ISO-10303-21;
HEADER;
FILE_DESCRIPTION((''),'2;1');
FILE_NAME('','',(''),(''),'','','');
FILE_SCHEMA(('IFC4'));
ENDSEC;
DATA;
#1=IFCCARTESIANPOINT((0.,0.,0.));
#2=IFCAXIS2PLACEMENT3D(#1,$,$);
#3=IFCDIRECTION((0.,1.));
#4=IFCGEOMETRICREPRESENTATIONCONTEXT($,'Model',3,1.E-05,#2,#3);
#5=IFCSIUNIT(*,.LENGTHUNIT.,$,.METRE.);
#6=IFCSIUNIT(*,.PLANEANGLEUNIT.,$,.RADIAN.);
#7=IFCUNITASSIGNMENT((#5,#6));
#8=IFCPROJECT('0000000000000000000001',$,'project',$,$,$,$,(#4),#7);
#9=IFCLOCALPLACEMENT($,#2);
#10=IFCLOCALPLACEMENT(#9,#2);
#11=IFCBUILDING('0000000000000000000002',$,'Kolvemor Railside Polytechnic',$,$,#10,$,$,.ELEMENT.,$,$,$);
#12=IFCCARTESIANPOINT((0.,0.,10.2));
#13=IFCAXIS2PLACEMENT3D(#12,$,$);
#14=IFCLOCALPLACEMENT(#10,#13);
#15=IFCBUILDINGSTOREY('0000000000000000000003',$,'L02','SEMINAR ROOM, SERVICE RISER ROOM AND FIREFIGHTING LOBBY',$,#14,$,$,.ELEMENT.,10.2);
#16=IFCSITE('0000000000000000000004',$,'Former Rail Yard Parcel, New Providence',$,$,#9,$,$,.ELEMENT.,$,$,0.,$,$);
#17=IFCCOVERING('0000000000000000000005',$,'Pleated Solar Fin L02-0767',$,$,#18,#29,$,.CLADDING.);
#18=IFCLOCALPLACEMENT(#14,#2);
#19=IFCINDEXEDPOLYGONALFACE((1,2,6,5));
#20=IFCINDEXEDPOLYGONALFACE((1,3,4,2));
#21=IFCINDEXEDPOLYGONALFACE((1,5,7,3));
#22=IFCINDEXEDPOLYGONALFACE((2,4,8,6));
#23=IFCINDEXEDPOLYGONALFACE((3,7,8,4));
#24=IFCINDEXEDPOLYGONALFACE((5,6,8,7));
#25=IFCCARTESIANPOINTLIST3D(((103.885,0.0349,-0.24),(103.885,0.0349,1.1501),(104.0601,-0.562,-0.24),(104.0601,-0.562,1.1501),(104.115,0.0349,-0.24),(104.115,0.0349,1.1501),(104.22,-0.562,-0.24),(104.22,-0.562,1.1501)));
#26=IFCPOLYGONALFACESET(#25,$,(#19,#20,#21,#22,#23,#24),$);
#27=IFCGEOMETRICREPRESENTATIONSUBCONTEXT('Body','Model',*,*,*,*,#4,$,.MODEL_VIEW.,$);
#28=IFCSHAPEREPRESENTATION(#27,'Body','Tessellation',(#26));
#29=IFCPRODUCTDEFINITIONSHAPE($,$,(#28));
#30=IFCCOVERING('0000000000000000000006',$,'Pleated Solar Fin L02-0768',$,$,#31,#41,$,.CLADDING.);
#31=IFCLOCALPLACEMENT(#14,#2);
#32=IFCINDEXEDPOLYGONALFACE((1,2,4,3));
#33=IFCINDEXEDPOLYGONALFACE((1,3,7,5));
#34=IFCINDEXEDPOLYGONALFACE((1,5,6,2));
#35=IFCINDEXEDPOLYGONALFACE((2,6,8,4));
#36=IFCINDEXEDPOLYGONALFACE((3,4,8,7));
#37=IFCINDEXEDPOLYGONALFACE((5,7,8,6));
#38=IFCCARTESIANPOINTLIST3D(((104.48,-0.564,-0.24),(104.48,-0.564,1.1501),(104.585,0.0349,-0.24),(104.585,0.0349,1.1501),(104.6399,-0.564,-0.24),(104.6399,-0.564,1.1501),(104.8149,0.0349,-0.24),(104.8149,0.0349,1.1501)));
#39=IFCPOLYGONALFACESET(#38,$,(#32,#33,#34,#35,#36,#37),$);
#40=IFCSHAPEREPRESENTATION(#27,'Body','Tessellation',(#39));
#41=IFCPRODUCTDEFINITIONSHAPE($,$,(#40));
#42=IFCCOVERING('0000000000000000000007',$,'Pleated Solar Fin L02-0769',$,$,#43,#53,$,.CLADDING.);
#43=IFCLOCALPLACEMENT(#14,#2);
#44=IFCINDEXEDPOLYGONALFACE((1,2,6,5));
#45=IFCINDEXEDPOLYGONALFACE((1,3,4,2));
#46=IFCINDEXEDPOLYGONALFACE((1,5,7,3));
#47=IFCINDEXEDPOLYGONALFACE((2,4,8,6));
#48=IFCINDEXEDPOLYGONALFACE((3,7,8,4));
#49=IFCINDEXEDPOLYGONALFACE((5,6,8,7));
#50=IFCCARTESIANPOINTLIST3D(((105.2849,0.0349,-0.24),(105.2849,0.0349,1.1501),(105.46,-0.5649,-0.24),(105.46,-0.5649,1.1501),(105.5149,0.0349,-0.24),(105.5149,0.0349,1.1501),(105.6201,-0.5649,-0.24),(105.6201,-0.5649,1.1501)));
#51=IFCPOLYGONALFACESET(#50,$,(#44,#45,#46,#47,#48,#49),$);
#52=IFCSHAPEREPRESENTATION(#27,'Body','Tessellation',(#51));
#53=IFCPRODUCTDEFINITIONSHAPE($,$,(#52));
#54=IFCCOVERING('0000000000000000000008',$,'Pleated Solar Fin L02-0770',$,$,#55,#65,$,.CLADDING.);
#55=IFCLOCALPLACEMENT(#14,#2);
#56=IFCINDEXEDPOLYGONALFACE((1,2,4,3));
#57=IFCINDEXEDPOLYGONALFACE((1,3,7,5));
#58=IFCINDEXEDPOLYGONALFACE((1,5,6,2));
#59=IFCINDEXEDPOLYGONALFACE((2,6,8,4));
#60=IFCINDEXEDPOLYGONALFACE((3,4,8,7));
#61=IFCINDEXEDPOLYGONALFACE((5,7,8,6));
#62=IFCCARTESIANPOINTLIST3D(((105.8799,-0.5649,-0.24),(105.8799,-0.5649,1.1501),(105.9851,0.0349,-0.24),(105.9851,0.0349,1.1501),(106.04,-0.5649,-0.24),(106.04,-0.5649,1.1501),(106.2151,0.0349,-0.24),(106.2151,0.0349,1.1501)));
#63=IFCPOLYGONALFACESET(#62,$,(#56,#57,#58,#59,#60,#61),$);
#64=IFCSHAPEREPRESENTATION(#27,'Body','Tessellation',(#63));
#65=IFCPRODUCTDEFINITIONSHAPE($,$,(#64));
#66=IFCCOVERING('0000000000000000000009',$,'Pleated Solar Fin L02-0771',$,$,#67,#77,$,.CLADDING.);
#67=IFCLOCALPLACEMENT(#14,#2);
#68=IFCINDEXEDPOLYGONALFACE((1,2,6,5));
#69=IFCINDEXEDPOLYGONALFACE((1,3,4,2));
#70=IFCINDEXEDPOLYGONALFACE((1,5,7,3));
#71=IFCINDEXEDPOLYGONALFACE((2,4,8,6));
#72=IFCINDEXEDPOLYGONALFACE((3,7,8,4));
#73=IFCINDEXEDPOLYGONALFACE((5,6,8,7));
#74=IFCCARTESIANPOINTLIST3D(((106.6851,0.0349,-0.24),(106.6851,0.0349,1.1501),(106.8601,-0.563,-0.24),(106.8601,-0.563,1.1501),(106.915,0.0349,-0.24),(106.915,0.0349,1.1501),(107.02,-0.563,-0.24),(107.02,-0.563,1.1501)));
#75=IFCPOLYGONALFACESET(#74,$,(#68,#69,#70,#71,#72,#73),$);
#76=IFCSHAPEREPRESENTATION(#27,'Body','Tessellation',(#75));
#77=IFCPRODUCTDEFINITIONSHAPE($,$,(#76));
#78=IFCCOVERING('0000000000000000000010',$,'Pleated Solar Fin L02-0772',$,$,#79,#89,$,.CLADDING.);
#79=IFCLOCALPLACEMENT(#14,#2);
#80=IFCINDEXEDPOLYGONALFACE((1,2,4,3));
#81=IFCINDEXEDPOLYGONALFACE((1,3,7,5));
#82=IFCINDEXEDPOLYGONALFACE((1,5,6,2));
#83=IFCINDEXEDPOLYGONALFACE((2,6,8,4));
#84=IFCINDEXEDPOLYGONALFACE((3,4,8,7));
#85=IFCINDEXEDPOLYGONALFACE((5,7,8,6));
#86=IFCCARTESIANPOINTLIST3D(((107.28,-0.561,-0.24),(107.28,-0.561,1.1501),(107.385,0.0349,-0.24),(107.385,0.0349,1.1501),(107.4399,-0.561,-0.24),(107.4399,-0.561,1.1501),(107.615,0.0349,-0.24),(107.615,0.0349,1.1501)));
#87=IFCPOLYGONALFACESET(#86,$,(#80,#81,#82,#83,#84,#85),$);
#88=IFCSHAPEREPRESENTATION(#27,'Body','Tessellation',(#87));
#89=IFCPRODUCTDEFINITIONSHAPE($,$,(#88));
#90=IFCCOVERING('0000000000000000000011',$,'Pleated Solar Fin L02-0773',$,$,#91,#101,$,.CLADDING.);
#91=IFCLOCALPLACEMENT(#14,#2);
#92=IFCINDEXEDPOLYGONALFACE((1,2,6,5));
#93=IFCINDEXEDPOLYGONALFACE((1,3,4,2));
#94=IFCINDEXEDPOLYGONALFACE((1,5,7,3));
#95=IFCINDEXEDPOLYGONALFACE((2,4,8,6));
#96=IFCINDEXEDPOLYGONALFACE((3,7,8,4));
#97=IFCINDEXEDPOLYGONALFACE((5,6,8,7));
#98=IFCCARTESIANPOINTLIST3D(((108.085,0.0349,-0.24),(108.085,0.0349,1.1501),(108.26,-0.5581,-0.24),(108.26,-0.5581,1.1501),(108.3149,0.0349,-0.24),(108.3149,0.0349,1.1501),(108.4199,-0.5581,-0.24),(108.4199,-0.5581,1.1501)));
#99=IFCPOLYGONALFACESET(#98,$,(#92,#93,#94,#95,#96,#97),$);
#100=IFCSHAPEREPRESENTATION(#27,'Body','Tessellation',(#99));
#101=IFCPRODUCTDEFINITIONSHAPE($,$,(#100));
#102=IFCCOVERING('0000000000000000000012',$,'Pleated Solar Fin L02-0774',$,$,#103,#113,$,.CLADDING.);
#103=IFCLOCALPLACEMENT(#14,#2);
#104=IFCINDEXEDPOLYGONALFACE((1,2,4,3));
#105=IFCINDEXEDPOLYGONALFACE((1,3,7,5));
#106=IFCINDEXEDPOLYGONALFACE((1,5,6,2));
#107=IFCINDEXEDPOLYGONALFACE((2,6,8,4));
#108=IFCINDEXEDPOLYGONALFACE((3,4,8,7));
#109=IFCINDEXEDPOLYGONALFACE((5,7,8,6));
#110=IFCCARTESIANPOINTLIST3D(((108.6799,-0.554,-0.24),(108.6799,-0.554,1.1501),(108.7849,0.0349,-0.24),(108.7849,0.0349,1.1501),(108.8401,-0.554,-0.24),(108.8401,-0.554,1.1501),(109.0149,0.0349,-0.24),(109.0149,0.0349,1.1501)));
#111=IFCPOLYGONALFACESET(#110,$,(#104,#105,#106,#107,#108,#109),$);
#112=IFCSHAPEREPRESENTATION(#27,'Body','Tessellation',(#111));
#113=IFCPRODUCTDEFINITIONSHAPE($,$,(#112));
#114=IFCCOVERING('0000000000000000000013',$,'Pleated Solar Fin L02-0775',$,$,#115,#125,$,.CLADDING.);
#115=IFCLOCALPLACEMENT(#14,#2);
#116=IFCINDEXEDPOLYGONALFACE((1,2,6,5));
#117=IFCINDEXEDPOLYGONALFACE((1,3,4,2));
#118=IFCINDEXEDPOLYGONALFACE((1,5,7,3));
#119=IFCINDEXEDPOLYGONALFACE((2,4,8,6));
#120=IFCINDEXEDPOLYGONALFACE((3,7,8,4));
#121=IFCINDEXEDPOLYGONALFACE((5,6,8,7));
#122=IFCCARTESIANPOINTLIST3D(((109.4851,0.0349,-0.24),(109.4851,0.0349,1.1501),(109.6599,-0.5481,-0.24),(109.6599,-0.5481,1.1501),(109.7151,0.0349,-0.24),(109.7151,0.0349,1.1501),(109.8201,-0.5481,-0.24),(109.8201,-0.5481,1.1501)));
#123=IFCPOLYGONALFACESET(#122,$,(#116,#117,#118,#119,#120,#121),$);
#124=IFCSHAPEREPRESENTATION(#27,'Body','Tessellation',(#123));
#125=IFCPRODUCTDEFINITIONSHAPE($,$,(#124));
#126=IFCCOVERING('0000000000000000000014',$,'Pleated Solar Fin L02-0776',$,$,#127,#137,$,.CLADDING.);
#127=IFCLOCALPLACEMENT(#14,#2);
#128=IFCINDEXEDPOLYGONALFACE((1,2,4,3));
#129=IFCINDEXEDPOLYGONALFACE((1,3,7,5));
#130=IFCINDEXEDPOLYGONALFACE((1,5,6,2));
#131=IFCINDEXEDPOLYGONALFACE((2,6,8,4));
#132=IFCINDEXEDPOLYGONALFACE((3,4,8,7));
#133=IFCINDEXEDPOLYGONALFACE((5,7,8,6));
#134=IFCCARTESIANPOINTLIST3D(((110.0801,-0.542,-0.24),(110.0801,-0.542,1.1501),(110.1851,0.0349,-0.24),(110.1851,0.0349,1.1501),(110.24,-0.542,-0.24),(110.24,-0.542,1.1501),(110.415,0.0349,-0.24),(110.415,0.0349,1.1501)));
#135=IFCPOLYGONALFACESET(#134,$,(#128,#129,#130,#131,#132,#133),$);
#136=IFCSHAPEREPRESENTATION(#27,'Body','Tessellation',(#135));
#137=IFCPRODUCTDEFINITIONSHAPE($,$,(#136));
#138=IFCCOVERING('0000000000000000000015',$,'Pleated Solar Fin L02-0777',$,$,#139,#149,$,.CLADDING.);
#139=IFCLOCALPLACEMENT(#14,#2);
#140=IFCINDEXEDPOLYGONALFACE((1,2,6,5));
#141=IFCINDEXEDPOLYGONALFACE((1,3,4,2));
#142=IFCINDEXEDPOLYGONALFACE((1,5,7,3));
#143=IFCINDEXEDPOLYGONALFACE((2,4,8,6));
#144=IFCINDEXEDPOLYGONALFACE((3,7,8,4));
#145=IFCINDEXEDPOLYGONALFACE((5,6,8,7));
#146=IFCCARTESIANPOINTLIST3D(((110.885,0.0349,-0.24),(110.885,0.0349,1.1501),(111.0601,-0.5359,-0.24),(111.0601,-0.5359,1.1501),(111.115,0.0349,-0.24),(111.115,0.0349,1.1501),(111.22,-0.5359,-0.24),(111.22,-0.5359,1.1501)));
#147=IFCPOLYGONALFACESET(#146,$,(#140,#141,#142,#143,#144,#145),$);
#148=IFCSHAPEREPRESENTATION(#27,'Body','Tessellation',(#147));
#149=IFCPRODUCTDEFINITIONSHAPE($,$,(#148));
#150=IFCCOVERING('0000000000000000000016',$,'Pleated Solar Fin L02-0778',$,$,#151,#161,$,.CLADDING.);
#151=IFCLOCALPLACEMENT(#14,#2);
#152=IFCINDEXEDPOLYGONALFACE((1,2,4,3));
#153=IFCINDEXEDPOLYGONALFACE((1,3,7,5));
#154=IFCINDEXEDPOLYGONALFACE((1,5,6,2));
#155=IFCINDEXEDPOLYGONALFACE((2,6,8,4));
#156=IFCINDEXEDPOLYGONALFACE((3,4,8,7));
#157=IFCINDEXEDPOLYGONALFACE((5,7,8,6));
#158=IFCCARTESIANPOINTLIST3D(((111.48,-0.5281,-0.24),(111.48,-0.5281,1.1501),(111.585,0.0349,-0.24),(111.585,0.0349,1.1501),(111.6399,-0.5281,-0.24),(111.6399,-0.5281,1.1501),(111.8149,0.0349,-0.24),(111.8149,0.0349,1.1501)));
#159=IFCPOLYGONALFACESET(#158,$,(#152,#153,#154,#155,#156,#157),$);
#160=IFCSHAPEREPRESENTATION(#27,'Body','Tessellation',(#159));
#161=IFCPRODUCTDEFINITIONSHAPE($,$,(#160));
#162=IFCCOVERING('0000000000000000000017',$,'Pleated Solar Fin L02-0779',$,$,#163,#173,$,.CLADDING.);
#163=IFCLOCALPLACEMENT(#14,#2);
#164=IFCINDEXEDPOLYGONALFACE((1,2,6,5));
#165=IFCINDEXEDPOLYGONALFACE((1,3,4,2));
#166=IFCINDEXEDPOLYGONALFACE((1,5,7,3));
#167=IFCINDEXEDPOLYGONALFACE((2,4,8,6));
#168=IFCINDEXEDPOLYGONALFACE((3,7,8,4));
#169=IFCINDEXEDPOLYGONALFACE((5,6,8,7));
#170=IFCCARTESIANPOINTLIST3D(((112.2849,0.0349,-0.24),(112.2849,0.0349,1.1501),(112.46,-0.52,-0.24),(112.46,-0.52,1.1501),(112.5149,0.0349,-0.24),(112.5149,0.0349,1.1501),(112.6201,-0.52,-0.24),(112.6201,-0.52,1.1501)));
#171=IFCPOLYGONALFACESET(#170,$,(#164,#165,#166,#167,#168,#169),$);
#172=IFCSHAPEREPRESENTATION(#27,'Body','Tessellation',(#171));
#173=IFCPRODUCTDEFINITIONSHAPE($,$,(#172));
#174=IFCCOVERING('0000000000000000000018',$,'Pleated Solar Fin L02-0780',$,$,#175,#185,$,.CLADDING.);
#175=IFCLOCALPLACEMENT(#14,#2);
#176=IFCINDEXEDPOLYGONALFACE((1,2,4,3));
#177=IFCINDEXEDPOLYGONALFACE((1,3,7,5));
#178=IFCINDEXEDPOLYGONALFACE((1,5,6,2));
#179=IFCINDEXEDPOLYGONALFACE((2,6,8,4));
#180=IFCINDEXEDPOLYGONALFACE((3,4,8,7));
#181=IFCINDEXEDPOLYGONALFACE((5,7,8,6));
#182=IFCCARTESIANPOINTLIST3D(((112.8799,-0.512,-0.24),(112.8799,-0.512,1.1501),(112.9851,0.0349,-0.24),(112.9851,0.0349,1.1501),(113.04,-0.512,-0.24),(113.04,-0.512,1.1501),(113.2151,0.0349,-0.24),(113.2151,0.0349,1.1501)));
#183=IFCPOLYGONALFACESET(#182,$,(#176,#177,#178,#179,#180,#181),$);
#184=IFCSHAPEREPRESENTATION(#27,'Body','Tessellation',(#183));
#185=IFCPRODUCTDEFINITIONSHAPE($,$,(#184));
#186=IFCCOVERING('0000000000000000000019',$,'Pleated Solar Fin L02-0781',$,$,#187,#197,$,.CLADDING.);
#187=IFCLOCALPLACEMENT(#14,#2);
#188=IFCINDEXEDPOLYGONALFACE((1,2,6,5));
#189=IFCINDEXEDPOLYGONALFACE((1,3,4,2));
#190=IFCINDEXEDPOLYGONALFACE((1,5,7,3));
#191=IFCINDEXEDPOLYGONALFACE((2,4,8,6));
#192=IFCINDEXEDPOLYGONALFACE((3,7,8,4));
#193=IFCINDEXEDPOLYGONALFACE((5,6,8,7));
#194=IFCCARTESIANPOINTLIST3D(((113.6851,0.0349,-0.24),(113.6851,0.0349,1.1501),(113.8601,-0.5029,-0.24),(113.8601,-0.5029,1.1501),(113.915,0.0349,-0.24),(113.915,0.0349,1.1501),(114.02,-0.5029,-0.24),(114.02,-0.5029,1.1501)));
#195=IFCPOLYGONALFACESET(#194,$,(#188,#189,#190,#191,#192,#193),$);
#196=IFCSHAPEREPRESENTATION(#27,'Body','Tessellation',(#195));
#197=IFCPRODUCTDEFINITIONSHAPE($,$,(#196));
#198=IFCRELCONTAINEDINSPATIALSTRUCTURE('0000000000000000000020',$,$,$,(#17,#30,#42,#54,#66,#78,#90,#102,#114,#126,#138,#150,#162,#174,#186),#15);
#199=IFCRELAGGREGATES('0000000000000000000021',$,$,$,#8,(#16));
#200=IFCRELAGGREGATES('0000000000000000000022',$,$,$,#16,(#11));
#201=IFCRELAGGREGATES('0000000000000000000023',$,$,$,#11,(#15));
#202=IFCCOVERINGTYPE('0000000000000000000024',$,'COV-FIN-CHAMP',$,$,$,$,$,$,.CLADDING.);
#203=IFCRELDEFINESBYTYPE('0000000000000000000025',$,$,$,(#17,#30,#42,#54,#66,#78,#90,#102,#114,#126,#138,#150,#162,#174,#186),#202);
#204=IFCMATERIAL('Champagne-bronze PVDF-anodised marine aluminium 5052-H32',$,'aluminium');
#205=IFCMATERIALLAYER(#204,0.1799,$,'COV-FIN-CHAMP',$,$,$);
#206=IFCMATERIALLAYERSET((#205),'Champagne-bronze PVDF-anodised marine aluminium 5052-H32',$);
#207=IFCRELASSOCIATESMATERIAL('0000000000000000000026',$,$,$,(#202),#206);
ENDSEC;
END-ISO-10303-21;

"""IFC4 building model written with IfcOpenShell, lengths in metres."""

from ifc_helpers import new_model, si_unit, direction, frame, origin, place, context, subcontext, project, spatial, polyline, outline, extrude, material, layer, layer_set, type_object, element, save


model = new_model("IFC4")

# Units and contexts
model_context = context("Model", 3, precision=1e-05, world=origin(), true_north=direction((0.0, 1.0)))
body_context = subcontext(model_context, "Body", "Model", "MODEL_VIEW")
ifc_project = project(units=[si_unit("LENGTHUNIT", "METRE"), si_unit("PLANEANGLEUNIT", "RADIAN")], contexts=[model_context])

# Site, building, storey
site_placement = place(None, origin())
site = spatial("IfcSite", under=ifc_project, at=site_placement, Name="Former Rail Yard Parcel, New Providence", CompositionType="ELEMENT", RefElevation=0.0)
building_placement = place(site_placement, origin())
building = spatial("IfcBuilding", under=site, at=building_placement, Name="Kolvemor Railside Polytechnic", CompositionType="ELEMENT")
storey_placement = place(building_placement, frame((0.0, 0.0, 10.2)))
storey = spatial("IfcBuildingStorey", under=building, at=storey_placement, Name="L02", Description="SEMINAR ROOM, SERVICE RISER ROOM AND FIREFIGHTING LOBBY", CompositionType="ELEMENT", Elevation=10.2)

# Coverings
ifc_material_1 = material(Name="Champagne-bronze PVDF-anodised marine aluminium 5052-H32", Category="aluminium")
ifc_layer_1 = layer(ifc_material_1, 0.1799, Name="COV-FIN-CHAMP")
ifc_layer_set_1 = layer_set([ifc_layer_1], Name="Champagne-bronze PVDF-anodised marine aluminium 5052-H32")
covering_type = type_object("IfcCoveringType", Name="COV-FIN-CHAMP", PredefinedType="CLADDING", material=ifc_layer_set_1)
covering_1_placement = place(storey_placement, frame((0.0, 0.0, -0.24)))
element("IfcCovering", 1, at=covering_1_placement, inside=storey, type_object=covering_type, Name="Pleated Solar Fin L02-0767", PredefinedType="CLADDING", context=body_context, shape_type="SweptSolid", body=[
    extrude(outline(polyline([(103.885, 0.0349), (104.115, 0.0349), (104.22, -0.562), (104.0601, -0.562), (103.885, 0.0349)])), origin(), (0.0, 0.0, 1.0), 1.3901),
])
covering_2_placement = place(storey_placement, frame((0.0, 0.0, -0.24)))
element("IfcCovering", 2, at=covering_2_placement, inside=storey, type_object=covering_type, Name="Pleated Solar Fin L02-0768", PredefinedType="CLADDING", context=body_context, shape_type="SweptSolid", body=[
    extrude(outline(polyline([(104.585, 0.0349), (104.8149, 0.0349), (104.6399, -0.564), (104.48, -0.564), (104.585, 0.0349)])), origin(), (0.0, 0.0, 1.0), 1.3901),
])
covering_3_placement = place(storey_placement, frame((0.0, 0.0, -0.24)))
element("IfcCovering", 3, at=covering_3_placement, inside=storey, type_object=covering_type, Name="Pleated Solar Fin L02-0769", PredefinedType="CLADDING", context=body_context, shape_type="SweptSolid", body=[
    extrude(outline(polyline([(105.2849, 0.0349), (105.5149, 0.0349), (105.6201, -0.5649), (105.46, -0.5649), (105.2849, 0.0349)])), origin(), (0.0, 0.0, 1.0), 1.3901),
])
covering_4_placement = place(storey_placement, frame((0.0, 0.0, -0.24)))
element("IfcCovering", 4, at=covering_4_placement, inside=storey, type_object=covering_type, Name="Pleated Solar Fin L02-0770", PredefinedType="CLADDING", context=body_context, shape_type="SweptSolid", body=[
    extrude(outline(polyline([(105.9851, 0.0349), (106.2151, 0.0349), (106.04, -0.5649), (105.8799, -0.5649), (105.9851, 0.0349)])), origin(), (0.0, 0.0, 1.0), 1.3901),
])
covering_5_placement = place(storey_placement, frame((0.0, 0.0, -0.24)))
element("IfcCovering", 5, at=covering_5_placement, inside=storey, type_object=covering_type, Name="Pleated Solar Fin L02-0771", PredefinedType="CLADDING", context=body_context, shape_type="SweptSolid", body=[
    extrude(outline(polyline([(106.6851, 0.0349), (106.915, 0.0349), (107.02, -0.563), (106.8601, -0.563), (106.6851, 0.0349)])), origin(), (0.0, 0.0, 1.0), 1.3901),
])
covering_6_placement = place(storey_placement, frame((0.0, 0.0, -0.24)))
element("IfcCovering", 6, at=covering_6_placement, inside=storey, type_object=covering_type, Name="Pleated Solar Fin L02-0772", PredefinedType="CLADDING", context=body_context, shape_type="SweptSolid", body=[
    extrude(outline(polyline([(107.385, 0.0349), (107.615, 0.0349), (107.4399, -0.561), (107.28, -0.561), (107.385, 0.0349)])), origin(), (0.0, 0.0, 1.0), 1.3901),
])
covering_7_placement = place(storey_placement, frame((0.0, 0.0, -0.24)))
element("IfcCovering", 7, at=covering_7_placement, inside=storey, type_object=covering_type, Name="Pleated Solar Fin L02-0773", PredefinedType="CLADDING", context=body_context, shape_type="SweptSolid", body=[
    extrude(outline(polyline([(108.085, 0.0349), (108.3149, 0.0349), (108.4199, -0.5581), (108.26, -0.5581), (108.085, 0.0349)])), origin(), (0.0, 0.0, 1.0), 1.3901),
])
covering_8_placement = place(storey_placement, frame((0.0, 0.0, -0.24)))
element("IfcCovering", 8, at=covering_8_placement, inside=storey, type_object=covering_type, Name="Pleated Solar Fin L02-0774", PredefinedType="CLADDING", context=body_context, shape_type="SweptSolid", body=[
    extrude(outline(polyline([(108.7849, 0.0349), (109.0149, 0.0349), (108.8401, -0.554), (108.6799, -0.554), (108.7849, 0.0349)])), origin(), (0.0, 0.0, 1.0), 1.3901),
])
covering_9_placement = place(storey_placement, frame((0.0, 0.0, -0.24)))
element("IfcCovering", 9, at=covering_9_placement, inside=storey, type_object=covering_type, Name="Pleated Solar Fin L02-0775", PredefinedType="CLADDING", context=body_context, shape_type="SweptSolid", body=[
    extrude(outline(polyline([(109.4851, 0.0349), (109.7151, 0.0349), (109.8201, -0.5481), (109.6599, -0.5481), (109.4851, 0.0349)])), origin(), (0.0, 0.0, 1.0), 1.3901),
])
covering_10_placement = place(storey_placement, frame((0.0, 0.0, -0.24)))
element("IfcCovering", 10, at=covering_10_placement, inside=storey, type_object=covering_type, Name="Pleated Solar Fin L02-0776", PredefinedType="CLADDING", context=body_context, shape_type="SweptSolid", body=[
    extrude(outline(polyline([(110.1851, 0.0349), (110.415, 0.0349), (110.24, -0.542), (110.0801, -0.542), (110.1851, 0.0349)])), origin(), (0.0, 0.0, 1.0), 1.3901),
])
covering_11_placement = place(storey_placement, frame((0.0, 0.0, -0.24)))
element("IfcCovering", 11, at=covering_11_placement, inside=storey, type_object=covering_type, Name="Pleated Solar Fin L02-0777", PredefinedType="CLADDING", context=body_context, shape_type="SweptSolid", body=[
    extrude(outline(polyline([(110.885, 0.0349), (111.115, 0.0349), (111.22, -0.5359), (111.0601, -0.5359), (110.885, 0.0349)])), origin(), (0.0, 0.0, 1.0), 1.3901),
])
covering_12_placement = place(storey_placement, frame((0.0, 0.0, -0.24)))
element("IfcCovering", 12, at=covering_12_placement, inside=storey, type_object=covering_type, Name="Pleated Solar Fin L02-0778", PredefinedType="CLADDING", context=body_context, shape_type="SweptSolid", body=[
    extrude(outline(polyline([(111.585, 0.0349), (111.8149, 0.0349), (111.6399, -0.5281), (111.48, -0.5281), (111.585, 0.0349)])), origin(), (0.0, 0.0, 1.0), 1.3901),
])
covering_13_placement = place(storey_placement, frame((0.0, 0.0, -0.24)))
element("IfcCovering", 13, at=covering_13_placement, inside=storey, type_object=covering_type, Name="Pleated Solar Fin L02-0779", PredefinedType="CLADDING", context=body_context, shape_type="SweptSolid", body=[
    extrude(outline(polyline([(112.2849, 0.0349), (112.5149, 0.0349), (112.6201, -0.52), (112.46, -0.52), (112.2849, 0.0349)])), origin(), (0.0, 0.0, 1.0), 1.3901),
])
covering_14_placement = place(storey_placement, frame((0.0, 0.0, -0.24)))
element("IfcCovering", 14, at=covering_14_placement, inside=storey, type_object=covering_type, Name="Pleated Solar Fin L02-0780", PredefinedType="CLADDING", context=body_context, shape_type="SweptSolid", body=[
    extrude(outline(polyline([(112.9851, 0.0349), (113.2151, 0.0349), (113.04, -0.512), (112.8799, -0.512), (112.9851, 0.0349)])), origin(), (0.0, 0.0, 1.0), 1.3901),
])
covering_15_placement = place(storey_placement, frame((0.0, 0.0, -0.24)))
element("IfcCovering", 15, at=covering_15_placement, inside=storey, type_object=covering_type, Name="Pleated Solar Fin L02-0781", PredefinedType="CLADDING", context=body_context, shape_type="SweptSolid", body=[
    extrude(outline(polyline([(113.6851, 0.0349), (113.915, 0.0349), (114.02, -0.5029), (113.8601, -0.5029), (113.6851, 0.0349)])), origin(), (0.0, 0.0, 1.0), 1.3901),
])

save(model, "model.ifc")
